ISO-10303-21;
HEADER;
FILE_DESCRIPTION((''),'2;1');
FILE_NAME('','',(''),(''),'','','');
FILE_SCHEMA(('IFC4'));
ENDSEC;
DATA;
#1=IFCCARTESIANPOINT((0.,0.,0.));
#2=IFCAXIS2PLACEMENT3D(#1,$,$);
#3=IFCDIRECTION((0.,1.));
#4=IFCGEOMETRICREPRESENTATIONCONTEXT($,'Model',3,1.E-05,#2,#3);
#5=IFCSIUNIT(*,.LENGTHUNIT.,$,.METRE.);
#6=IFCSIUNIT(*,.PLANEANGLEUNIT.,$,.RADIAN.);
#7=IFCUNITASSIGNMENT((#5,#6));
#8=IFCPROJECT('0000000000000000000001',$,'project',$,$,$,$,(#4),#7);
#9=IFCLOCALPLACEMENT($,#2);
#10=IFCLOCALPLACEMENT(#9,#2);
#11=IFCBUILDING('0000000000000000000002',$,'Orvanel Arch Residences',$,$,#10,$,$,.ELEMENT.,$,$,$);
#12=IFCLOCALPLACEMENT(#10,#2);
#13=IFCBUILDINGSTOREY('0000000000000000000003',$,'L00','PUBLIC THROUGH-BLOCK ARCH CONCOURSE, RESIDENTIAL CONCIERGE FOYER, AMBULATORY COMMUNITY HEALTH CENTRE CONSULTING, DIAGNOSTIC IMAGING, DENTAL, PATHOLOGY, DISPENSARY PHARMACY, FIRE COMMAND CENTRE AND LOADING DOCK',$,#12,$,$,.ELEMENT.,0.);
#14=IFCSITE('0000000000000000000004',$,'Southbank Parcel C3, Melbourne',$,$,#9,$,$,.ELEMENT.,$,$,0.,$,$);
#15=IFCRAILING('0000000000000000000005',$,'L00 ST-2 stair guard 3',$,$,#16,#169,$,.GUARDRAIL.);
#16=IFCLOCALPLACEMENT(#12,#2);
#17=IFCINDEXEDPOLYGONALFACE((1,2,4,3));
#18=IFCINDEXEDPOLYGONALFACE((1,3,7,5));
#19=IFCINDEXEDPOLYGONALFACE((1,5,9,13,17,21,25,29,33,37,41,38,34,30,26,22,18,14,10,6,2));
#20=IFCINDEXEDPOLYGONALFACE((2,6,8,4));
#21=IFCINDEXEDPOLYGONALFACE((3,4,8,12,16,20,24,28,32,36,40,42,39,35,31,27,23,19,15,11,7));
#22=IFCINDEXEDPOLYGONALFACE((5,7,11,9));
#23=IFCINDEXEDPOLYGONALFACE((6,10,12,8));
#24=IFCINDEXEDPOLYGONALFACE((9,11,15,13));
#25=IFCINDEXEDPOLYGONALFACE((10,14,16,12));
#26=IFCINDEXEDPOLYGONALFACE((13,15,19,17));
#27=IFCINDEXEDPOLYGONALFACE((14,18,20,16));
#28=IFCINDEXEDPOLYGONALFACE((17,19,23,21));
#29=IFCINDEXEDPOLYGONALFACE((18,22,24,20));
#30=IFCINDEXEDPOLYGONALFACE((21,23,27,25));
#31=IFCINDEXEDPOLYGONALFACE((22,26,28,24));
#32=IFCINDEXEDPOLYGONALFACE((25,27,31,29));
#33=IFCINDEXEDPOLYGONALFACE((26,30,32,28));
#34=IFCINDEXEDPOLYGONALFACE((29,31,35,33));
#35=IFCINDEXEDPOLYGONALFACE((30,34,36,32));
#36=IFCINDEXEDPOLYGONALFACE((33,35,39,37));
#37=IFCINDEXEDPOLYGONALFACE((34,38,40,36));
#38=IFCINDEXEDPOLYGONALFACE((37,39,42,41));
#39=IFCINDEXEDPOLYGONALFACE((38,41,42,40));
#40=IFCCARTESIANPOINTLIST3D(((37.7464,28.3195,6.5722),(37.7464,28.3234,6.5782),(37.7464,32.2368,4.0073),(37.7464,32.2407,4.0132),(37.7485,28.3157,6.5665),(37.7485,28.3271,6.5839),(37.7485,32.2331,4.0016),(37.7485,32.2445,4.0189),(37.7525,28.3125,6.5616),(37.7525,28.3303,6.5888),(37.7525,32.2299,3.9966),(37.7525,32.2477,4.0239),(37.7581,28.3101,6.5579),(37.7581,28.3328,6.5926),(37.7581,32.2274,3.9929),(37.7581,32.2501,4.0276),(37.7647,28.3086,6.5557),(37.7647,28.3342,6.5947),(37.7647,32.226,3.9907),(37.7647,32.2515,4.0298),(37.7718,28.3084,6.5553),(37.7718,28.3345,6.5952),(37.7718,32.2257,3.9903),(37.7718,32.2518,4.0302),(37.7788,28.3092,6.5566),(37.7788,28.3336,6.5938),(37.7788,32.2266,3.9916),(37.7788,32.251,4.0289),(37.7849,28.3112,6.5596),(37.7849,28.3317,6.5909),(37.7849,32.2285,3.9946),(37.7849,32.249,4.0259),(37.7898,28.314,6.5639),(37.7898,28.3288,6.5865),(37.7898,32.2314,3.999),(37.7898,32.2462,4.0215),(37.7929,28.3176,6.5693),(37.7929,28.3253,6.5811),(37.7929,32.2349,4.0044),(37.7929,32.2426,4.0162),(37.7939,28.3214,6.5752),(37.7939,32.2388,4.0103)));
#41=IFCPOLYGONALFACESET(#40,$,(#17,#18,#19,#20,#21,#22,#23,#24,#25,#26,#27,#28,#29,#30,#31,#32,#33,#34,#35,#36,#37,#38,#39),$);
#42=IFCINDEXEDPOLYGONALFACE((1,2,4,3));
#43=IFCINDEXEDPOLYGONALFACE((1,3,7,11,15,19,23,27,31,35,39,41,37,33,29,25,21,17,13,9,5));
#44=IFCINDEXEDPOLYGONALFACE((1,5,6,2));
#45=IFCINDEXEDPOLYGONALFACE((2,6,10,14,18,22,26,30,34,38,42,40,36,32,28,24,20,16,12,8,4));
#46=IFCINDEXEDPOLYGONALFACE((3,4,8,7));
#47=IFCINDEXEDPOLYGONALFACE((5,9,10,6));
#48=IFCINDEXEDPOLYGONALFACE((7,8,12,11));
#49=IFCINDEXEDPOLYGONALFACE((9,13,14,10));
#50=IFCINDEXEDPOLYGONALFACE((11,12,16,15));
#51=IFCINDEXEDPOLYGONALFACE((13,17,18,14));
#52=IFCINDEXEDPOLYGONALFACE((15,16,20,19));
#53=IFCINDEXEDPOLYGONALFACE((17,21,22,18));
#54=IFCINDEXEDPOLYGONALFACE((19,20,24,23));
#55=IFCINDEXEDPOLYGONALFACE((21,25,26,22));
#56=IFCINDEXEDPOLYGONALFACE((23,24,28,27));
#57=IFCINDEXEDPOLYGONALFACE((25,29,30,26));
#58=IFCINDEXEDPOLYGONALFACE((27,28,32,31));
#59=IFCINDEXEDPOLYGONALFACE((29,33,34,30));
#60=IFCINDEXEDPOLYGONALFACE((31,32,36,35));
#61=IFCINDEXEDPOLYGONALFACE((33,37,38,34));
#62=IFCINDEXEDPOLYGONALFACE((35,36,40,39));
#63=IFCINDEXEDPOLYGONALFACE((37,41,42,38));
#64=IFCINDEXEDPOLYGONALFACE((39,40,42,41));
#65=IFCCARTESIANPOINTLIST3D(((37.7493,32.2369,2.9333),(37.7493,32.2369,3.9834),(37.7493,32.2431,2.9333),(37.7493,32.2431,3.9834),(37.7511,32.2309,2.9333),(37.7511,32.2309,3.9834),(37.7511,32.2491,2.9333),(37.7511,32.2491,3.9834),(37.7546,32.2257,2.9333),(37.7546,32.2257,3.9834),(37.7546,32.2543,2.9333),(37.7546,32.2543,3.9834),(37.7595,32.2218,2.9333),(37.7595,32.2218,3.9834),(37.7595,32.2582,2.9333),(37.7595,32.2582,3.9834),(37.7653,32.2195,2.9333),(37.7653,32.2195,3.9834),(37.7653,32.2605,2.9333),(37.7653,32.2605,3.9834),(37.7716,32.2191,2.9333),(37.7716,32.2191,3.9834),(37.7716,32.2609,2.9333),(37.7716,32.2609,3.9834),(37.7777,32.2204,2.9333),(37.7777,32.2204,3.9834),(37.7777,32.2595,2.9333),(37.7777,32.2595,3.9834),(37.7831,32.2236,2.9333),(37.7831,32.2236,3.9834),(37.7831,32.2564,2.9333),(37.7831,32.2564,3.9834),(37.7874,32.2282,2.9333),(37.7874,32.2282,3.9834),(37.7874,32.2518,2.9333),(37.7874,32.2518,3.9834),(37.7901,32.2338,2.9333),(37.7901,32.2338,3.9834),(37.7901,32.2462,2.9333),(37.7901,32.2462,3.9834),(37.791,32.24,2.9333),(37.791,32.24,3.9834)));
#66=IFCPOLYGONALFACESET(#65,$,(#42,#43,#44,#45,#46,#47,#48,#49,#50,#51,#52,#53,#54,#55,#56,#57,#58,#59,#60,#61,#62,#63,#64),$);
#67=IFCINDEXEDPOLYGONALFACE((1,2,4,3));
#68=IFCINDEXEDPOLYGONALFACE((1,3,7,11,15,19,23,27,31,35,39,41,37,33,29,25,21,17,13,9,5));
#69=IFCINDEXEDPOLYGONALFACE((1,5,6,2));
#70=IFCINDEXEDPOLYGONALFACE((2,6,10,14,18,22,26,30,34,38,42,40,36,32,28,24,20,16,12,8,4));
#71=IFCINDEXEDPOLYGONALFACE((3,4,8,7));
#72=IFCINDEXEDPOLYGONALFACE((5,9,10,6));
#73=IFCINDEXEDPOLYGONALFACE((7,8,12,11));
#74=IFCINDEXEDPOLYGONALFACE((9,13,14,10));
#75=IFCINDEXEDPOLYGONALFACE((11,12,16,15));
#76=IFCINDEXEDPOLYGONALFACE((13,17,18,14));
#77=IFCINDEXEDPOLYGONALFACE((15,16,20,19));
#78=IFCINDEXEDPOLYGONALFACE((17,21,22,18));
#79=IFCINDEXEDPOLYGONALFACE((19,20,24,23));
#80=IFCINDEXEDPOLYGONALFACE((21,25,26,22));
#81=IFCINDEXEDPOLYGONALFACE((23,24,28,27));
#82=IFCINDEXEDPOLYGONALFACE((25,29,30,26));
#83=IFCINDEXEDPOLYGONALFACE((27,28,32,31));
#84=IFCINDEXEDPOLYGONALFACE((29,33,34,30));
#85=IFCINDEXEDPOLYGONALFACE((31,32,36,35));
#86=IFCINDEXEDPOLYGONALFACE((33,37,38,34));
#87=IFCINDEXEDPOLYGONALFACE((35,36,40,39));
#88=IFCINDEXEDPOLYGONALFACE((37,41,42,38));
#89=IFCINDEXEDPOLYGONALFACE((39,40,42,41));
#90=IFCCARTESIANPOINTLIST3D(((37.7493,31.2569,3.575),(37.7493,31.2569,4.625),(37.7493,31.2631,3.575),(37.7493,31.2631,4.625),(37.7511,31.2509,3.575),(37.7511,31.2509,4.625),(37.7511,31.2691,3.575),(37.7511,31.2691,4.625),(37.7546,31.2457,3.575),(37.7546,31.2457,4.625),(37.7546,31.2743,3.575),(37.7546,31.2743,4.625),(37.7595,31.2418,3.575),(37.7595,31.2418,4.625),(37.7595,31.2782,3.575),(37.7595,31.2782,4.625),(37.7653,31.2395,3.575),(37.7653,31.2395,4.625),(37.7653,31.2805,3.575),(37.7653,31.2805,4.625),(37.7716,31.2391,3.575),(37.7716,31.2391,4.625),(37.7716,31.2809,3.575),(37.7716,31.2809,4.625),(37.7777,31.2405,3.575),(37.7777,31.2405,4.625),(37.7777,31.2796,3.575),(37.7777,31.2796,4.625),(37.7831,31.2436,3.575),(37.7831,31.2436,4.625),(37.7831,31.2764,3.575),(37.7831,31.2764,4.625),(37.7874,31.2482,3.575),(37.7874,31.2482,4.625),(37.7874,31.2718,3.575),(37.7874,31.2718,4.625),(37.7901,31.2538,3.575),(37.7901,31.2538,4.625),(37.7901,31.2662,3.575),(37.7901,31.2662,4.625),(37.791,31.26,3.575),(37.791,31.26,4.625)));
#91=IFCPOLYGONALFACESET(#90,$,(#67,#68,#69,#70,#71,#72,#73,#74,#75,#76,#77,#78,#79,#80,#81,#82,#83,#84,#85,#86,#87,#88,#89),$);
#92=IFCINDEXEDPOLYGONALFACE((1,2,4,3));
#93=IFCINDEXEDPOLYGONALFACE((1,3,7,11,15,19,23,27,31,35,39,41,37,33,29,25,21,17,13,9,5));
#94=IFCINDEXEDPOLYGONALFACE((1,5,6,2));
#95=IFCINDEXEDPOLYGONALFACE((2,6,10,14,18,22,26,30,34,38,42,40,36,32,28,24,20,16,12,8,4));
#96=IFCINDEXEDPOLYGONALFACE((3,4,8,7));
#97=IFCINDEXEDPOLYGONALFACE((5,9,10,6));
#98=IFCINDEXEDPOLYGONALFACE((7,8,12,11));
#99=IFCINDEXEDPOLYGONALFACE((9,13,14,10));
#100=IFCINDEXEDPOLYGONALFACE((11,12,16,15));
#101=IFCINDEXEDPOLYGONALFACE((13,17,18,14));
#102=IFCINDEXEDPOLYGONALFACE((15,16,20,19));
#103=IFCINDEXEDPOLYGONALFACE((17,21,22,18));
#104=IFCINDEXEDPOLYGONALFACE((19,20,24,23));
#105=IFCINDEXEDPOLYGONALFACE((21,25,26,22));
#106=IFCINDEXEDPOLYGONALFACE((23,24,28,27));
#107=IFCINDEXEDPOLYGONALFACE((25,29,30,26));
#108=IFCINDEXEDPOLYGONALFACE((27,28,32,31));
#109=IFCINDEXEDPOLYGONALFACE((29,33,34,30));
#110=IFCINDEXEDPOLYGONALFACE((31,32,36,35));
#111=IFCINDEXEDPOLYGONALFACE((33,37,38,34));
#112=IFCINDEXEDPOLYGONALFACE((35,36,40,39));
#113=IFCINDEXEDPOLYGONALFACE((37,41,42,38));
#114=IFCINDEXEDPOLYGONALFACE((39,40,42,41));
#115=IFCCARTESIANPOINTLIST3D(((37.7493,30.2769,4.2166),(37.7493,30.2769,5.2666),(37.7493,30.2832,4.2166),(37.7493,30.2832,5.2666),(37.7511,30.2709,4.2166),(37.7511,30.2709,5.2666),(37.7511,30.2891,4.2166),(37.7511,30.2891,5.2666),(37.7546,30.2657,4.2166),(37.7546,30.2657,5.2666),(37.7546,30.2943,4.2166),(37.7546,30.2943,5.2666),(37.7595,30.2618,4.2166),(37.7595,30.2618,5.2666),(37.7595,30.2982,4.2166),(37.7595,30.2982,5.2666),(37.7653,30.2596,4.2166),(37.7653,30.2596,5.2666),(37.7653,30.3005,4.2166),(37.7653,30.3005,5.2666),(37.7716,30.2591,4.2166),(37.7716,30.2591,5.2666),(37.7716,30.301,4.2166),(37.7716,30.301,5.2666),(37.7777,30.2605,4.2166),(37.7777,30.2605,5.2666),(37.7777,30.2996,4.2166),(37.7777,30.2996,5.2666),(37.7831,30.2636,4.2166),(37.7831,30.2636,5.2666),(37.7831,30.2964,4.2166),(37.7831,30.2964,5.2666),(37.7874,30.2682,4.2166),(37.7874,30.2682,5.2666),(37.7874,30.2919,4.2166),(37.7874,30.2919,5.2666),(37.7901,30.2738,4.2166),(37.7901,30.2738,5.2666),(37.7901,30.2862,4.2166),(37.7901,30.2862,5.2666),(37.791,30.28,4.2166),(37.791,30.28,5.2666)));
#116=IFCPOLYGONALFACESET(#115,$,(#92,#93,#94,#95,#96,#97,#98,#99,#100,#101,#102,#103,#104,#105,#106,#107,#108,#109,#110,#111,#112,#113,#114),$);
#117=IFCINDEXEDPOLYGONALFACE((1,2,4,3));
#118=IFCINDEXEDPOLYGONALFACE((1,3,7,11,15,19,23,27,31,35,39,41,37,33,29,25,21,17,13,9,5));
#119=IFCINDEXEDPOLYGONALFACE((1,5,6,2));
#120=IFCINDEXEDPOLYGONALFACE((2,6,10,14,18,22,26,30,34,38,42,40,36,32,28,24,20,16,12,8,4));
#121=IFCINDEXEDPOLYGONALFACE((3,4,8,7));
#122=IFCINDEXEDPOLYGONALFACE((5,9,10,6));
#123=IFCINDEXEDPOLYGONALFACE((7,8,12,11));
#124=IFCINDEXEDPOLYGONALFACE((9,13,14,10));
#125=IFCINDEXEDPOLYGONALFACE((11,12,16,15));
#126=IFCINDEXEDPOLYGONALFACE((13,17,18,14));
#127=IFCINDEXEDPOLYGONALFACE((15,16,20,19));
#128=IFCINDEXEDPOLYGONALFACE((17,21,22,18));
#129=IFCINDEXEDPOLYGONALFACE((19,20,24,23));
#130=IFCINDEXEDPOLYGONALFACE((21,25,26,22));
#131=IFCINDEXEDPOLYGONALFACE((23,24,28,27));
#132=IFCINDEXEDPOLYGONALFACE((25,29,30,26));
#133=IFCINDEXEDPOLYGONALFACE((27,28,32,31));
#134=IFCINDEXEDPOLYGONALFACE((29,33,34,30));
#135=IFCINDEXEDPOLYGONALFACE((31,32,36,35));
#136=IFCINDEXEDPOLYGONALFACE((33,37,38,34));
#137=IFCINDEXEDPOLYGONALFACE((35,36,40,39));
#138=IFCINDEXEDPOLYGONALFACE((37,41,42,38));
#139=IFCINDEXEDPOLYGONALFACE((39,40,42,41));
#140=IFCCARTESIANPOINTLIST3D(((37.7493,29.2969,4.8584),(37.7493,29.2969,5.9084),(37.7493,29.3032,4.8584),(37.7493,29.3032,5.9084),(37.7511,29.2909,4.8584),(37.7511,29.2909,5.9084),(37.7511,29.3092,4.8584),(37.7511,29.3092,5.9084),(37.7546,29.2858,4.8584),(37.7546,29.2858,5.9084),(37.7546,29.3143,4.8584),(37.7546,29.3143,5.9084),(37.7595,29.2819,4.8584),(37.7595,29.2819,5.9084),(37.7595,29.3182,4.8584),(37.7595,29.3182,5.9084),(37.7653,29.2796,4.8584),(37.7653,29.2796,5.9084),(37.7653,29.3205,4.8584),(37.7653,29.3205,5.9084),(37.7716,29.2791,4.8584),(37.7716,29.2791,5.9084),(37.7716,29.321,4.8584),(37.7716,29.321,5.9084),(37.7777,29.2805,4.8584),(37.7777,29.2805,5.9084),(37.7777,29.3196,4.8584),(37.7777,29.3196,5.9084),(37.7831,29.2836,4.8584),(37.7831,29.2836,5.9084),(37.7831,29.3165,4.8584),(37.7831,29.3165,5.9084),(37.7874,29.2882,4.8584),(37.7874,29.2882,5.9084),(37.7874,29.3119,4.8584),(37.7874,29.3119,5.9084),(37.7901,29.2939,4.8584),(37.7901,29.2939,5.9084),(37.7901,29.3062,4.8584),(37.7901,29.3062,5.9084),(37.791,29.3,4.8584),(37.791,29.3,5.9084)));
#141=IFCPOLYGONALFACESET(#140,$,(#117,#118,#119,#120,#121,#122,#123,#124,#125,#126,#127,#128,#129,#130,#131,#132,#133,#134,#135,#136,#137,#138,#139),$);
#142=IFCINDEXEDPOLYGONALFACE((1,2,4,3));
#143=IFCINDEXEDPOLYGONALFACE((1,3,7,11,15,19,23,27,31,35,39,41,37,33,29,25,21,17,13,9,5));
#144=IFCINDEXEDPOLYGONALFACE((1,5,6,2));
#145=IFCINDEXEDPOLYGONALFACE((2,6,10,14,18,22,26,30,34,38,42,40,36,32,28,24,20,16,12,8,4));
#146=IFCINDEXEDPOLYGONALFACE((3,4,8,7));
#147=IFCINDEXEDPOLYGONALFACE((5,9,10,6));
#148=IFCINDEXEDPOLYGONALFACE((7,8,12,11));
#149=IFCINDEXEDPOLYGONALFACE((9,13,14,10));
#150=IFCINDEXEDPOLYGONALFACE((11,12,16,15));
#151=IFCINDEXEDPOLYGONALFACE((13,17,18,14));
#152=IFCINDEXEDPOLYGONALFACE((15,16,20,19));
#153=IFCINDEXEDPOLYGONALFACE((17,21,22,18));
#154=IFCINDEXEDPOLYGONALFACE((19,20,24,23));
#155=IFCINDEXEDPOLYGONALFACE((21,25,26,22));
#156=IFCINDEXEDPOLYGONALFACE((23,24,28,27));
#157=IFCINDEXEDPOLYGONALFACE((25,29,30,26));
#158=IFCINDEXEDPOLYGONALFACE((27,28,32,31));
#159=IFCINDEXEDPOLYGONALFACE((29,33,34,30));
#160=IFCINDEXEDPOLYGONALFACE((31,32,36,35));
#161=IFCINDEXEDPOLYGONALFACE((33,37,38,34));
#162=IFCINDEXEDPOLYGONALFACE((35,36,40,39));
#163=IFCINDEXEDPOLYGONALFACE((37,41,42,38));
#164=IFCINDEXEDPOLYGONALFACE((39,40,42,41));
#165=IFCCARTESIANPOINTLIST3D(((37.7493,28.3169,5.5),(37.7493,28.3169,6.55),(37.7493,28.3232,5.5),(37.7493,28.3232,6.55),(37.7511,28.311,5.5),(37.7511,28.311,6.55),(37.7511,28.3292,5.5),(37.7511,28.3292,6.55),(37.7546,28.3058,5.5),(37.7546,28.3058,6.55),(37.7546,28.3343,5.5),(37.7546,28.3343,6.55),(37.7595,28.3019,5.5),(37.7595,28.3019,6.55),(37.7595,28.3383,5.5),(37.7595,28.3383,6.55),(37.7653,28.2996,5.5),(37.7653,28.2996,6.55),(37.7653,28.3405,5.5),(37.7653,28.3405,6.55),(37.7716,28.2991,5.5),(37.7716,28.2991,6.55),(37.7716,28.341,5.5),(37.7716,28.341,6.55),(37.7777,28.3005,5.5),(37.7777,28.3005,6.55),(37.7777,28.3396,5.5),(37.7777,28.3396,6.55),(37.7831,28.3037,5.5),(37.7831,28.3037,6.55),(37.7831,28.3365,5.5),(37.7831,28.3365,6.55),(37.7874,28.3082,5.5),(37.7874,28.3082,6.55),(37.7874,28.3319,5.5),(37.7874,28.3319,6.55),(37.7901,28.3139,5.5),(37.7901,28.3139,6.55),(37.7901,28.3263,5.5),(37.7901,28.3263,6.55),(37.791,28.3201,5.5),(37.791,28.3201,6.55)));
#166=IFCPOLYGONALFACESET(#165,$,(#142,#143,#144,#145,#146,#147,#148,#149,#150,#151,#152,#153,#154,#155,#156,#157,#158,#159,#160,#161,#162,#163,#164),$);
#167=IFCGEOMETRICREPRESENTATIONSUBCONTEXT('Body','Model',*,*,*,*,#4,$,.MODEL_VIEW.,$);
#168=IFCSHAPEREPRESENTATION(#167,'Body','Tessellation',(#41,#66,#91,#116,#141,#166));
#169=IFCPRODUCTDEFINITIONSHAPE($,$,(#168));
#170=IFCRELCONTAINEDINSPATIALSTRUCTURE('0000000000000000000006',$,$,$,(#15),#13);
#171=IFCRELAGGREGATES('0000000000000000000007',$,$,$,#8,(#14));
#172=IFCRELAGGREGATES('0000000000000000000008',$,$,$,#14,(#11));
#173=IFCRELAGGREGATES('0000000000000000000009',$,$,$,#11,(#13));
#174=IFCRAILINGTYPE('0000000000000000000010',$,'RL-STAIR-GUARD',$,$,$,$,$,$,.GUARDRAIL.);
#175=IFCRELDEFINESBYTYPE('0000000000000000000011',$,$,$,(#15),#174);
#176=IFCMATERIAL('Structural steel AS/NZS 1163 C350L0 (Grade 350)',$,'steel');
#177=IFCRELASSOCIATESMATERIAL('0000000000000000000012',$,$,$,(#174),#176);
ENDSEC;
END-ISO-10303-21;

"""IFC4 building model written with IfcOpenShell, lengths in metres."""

from ifc_helpers import new_model, si_unit, direction, frame, origin, origin_2d, place, context, subcontext, project, spatial, circle, extrude, material, type_object, element, save


model = new_model("IFC4")

# Units and contexts
model_context = context("Model", 3, precision=1e-05, world=origin(), true_north=direction((0.0, 1.0)))
body_context = subcontext(model_context, "Body", "Model", "MODEL_VIEW")
ifc_project = project(units=[si_unit("LENGTHUNIT", "METRE"), si_unit("PLANEANGLEUNIT", "RADIAN")], contexts=[model_context])

# Site, building, storey
site_placement = place(None, origin())
site = spatial("IfcSite", under=ifc_project, at=site_placement, Name="Southbank Parcel C3, Melbourne", CompositionType="ELEMENT", RefElevation=0.0)
building_placement = place(site_placement, origin())
building = spatial("IfcBuilding", under=site, at=building_placement, Name="Orvanel Arch Residences", CompositionType="ELEMENT")
storey_placement = place(building_placement, origin())
storey = spatial("IfcBuildingStorey", under=building, at=storey_placement, Name="L00", Description="PUBLIC THROUGH-BLOCK ARCH CONCOURSE, RESIDENTIAL CONCIERGE FOYER, AMBULATORY COMMUNITY HEALTH CENTRE CONSULTING, DIAGNOSTIC IMAGING, DENTAL, PATHOLOGY, DISPENSARY PHARMACY, FIRE COMMAND CENTRE AND LOADING DOCK", CompositionType="ELEMENT", Elevation=0.0)

# Railing
ifc_material_1 = material(Name="Structural steel AS/NZS 1163 C350L0 (Grade 350)", Category="steel")
railing_type_1 = type_object("IfcRailingType", Name="RL-STAIR-GUARD", PredefinedType="GUARDRAIL", material=ifc_material_1)
railing_1_placement = place(storey_placement, frame((37.77, 32.24, 2.9333)))
element("IfcRailing", 1, at=railing_1_placement, inside=storey, type_object=railing_type_1, Name="L00 ST-2 stair guard 3", PredefinedType="GUARDRAIL", context=body_context, shape_type="SweptSolid", body=[
    extrude(circle(Radius=0.0239, at=origin_2d()), frame((0.0, -0.0012, 1.0769), z_axis=(0.0, -0.836615, 0.547791), x_axis=(1.0, 0.0, 0.0)), (0.0, 0.0, 1.0), 4.6824),
    extrude(circle(Radius=0.021, at=origin_2d()), origin(), (0.0, 0.0, 1.0), 1.05),
    extrude(circle(Radius=0.021, at=origin_2d()), frame((0.0, -0.98, 0.6416)), (0.0, 0.0, 1.0), 1.05),
    extrude(circle(Radius=0.021, at=origin_2d()), frame((0.0, -1.96, 1.2832)), (0.0, 0.0, 1.0), 1.05),
    extrude(circle(Radius=0.021, at=origin_2d()), frame((0.0, -2.9399, 1.925)), (0.0, 0.0, 1.0), 1.05),
    extrude(circle(Radius=0.021, at=origin_2d()), frame((0.0, -3.9199, 2.5667)), (0.0, 0.0, 1.0), 1.05),
])

save(model, "model.ifc")
